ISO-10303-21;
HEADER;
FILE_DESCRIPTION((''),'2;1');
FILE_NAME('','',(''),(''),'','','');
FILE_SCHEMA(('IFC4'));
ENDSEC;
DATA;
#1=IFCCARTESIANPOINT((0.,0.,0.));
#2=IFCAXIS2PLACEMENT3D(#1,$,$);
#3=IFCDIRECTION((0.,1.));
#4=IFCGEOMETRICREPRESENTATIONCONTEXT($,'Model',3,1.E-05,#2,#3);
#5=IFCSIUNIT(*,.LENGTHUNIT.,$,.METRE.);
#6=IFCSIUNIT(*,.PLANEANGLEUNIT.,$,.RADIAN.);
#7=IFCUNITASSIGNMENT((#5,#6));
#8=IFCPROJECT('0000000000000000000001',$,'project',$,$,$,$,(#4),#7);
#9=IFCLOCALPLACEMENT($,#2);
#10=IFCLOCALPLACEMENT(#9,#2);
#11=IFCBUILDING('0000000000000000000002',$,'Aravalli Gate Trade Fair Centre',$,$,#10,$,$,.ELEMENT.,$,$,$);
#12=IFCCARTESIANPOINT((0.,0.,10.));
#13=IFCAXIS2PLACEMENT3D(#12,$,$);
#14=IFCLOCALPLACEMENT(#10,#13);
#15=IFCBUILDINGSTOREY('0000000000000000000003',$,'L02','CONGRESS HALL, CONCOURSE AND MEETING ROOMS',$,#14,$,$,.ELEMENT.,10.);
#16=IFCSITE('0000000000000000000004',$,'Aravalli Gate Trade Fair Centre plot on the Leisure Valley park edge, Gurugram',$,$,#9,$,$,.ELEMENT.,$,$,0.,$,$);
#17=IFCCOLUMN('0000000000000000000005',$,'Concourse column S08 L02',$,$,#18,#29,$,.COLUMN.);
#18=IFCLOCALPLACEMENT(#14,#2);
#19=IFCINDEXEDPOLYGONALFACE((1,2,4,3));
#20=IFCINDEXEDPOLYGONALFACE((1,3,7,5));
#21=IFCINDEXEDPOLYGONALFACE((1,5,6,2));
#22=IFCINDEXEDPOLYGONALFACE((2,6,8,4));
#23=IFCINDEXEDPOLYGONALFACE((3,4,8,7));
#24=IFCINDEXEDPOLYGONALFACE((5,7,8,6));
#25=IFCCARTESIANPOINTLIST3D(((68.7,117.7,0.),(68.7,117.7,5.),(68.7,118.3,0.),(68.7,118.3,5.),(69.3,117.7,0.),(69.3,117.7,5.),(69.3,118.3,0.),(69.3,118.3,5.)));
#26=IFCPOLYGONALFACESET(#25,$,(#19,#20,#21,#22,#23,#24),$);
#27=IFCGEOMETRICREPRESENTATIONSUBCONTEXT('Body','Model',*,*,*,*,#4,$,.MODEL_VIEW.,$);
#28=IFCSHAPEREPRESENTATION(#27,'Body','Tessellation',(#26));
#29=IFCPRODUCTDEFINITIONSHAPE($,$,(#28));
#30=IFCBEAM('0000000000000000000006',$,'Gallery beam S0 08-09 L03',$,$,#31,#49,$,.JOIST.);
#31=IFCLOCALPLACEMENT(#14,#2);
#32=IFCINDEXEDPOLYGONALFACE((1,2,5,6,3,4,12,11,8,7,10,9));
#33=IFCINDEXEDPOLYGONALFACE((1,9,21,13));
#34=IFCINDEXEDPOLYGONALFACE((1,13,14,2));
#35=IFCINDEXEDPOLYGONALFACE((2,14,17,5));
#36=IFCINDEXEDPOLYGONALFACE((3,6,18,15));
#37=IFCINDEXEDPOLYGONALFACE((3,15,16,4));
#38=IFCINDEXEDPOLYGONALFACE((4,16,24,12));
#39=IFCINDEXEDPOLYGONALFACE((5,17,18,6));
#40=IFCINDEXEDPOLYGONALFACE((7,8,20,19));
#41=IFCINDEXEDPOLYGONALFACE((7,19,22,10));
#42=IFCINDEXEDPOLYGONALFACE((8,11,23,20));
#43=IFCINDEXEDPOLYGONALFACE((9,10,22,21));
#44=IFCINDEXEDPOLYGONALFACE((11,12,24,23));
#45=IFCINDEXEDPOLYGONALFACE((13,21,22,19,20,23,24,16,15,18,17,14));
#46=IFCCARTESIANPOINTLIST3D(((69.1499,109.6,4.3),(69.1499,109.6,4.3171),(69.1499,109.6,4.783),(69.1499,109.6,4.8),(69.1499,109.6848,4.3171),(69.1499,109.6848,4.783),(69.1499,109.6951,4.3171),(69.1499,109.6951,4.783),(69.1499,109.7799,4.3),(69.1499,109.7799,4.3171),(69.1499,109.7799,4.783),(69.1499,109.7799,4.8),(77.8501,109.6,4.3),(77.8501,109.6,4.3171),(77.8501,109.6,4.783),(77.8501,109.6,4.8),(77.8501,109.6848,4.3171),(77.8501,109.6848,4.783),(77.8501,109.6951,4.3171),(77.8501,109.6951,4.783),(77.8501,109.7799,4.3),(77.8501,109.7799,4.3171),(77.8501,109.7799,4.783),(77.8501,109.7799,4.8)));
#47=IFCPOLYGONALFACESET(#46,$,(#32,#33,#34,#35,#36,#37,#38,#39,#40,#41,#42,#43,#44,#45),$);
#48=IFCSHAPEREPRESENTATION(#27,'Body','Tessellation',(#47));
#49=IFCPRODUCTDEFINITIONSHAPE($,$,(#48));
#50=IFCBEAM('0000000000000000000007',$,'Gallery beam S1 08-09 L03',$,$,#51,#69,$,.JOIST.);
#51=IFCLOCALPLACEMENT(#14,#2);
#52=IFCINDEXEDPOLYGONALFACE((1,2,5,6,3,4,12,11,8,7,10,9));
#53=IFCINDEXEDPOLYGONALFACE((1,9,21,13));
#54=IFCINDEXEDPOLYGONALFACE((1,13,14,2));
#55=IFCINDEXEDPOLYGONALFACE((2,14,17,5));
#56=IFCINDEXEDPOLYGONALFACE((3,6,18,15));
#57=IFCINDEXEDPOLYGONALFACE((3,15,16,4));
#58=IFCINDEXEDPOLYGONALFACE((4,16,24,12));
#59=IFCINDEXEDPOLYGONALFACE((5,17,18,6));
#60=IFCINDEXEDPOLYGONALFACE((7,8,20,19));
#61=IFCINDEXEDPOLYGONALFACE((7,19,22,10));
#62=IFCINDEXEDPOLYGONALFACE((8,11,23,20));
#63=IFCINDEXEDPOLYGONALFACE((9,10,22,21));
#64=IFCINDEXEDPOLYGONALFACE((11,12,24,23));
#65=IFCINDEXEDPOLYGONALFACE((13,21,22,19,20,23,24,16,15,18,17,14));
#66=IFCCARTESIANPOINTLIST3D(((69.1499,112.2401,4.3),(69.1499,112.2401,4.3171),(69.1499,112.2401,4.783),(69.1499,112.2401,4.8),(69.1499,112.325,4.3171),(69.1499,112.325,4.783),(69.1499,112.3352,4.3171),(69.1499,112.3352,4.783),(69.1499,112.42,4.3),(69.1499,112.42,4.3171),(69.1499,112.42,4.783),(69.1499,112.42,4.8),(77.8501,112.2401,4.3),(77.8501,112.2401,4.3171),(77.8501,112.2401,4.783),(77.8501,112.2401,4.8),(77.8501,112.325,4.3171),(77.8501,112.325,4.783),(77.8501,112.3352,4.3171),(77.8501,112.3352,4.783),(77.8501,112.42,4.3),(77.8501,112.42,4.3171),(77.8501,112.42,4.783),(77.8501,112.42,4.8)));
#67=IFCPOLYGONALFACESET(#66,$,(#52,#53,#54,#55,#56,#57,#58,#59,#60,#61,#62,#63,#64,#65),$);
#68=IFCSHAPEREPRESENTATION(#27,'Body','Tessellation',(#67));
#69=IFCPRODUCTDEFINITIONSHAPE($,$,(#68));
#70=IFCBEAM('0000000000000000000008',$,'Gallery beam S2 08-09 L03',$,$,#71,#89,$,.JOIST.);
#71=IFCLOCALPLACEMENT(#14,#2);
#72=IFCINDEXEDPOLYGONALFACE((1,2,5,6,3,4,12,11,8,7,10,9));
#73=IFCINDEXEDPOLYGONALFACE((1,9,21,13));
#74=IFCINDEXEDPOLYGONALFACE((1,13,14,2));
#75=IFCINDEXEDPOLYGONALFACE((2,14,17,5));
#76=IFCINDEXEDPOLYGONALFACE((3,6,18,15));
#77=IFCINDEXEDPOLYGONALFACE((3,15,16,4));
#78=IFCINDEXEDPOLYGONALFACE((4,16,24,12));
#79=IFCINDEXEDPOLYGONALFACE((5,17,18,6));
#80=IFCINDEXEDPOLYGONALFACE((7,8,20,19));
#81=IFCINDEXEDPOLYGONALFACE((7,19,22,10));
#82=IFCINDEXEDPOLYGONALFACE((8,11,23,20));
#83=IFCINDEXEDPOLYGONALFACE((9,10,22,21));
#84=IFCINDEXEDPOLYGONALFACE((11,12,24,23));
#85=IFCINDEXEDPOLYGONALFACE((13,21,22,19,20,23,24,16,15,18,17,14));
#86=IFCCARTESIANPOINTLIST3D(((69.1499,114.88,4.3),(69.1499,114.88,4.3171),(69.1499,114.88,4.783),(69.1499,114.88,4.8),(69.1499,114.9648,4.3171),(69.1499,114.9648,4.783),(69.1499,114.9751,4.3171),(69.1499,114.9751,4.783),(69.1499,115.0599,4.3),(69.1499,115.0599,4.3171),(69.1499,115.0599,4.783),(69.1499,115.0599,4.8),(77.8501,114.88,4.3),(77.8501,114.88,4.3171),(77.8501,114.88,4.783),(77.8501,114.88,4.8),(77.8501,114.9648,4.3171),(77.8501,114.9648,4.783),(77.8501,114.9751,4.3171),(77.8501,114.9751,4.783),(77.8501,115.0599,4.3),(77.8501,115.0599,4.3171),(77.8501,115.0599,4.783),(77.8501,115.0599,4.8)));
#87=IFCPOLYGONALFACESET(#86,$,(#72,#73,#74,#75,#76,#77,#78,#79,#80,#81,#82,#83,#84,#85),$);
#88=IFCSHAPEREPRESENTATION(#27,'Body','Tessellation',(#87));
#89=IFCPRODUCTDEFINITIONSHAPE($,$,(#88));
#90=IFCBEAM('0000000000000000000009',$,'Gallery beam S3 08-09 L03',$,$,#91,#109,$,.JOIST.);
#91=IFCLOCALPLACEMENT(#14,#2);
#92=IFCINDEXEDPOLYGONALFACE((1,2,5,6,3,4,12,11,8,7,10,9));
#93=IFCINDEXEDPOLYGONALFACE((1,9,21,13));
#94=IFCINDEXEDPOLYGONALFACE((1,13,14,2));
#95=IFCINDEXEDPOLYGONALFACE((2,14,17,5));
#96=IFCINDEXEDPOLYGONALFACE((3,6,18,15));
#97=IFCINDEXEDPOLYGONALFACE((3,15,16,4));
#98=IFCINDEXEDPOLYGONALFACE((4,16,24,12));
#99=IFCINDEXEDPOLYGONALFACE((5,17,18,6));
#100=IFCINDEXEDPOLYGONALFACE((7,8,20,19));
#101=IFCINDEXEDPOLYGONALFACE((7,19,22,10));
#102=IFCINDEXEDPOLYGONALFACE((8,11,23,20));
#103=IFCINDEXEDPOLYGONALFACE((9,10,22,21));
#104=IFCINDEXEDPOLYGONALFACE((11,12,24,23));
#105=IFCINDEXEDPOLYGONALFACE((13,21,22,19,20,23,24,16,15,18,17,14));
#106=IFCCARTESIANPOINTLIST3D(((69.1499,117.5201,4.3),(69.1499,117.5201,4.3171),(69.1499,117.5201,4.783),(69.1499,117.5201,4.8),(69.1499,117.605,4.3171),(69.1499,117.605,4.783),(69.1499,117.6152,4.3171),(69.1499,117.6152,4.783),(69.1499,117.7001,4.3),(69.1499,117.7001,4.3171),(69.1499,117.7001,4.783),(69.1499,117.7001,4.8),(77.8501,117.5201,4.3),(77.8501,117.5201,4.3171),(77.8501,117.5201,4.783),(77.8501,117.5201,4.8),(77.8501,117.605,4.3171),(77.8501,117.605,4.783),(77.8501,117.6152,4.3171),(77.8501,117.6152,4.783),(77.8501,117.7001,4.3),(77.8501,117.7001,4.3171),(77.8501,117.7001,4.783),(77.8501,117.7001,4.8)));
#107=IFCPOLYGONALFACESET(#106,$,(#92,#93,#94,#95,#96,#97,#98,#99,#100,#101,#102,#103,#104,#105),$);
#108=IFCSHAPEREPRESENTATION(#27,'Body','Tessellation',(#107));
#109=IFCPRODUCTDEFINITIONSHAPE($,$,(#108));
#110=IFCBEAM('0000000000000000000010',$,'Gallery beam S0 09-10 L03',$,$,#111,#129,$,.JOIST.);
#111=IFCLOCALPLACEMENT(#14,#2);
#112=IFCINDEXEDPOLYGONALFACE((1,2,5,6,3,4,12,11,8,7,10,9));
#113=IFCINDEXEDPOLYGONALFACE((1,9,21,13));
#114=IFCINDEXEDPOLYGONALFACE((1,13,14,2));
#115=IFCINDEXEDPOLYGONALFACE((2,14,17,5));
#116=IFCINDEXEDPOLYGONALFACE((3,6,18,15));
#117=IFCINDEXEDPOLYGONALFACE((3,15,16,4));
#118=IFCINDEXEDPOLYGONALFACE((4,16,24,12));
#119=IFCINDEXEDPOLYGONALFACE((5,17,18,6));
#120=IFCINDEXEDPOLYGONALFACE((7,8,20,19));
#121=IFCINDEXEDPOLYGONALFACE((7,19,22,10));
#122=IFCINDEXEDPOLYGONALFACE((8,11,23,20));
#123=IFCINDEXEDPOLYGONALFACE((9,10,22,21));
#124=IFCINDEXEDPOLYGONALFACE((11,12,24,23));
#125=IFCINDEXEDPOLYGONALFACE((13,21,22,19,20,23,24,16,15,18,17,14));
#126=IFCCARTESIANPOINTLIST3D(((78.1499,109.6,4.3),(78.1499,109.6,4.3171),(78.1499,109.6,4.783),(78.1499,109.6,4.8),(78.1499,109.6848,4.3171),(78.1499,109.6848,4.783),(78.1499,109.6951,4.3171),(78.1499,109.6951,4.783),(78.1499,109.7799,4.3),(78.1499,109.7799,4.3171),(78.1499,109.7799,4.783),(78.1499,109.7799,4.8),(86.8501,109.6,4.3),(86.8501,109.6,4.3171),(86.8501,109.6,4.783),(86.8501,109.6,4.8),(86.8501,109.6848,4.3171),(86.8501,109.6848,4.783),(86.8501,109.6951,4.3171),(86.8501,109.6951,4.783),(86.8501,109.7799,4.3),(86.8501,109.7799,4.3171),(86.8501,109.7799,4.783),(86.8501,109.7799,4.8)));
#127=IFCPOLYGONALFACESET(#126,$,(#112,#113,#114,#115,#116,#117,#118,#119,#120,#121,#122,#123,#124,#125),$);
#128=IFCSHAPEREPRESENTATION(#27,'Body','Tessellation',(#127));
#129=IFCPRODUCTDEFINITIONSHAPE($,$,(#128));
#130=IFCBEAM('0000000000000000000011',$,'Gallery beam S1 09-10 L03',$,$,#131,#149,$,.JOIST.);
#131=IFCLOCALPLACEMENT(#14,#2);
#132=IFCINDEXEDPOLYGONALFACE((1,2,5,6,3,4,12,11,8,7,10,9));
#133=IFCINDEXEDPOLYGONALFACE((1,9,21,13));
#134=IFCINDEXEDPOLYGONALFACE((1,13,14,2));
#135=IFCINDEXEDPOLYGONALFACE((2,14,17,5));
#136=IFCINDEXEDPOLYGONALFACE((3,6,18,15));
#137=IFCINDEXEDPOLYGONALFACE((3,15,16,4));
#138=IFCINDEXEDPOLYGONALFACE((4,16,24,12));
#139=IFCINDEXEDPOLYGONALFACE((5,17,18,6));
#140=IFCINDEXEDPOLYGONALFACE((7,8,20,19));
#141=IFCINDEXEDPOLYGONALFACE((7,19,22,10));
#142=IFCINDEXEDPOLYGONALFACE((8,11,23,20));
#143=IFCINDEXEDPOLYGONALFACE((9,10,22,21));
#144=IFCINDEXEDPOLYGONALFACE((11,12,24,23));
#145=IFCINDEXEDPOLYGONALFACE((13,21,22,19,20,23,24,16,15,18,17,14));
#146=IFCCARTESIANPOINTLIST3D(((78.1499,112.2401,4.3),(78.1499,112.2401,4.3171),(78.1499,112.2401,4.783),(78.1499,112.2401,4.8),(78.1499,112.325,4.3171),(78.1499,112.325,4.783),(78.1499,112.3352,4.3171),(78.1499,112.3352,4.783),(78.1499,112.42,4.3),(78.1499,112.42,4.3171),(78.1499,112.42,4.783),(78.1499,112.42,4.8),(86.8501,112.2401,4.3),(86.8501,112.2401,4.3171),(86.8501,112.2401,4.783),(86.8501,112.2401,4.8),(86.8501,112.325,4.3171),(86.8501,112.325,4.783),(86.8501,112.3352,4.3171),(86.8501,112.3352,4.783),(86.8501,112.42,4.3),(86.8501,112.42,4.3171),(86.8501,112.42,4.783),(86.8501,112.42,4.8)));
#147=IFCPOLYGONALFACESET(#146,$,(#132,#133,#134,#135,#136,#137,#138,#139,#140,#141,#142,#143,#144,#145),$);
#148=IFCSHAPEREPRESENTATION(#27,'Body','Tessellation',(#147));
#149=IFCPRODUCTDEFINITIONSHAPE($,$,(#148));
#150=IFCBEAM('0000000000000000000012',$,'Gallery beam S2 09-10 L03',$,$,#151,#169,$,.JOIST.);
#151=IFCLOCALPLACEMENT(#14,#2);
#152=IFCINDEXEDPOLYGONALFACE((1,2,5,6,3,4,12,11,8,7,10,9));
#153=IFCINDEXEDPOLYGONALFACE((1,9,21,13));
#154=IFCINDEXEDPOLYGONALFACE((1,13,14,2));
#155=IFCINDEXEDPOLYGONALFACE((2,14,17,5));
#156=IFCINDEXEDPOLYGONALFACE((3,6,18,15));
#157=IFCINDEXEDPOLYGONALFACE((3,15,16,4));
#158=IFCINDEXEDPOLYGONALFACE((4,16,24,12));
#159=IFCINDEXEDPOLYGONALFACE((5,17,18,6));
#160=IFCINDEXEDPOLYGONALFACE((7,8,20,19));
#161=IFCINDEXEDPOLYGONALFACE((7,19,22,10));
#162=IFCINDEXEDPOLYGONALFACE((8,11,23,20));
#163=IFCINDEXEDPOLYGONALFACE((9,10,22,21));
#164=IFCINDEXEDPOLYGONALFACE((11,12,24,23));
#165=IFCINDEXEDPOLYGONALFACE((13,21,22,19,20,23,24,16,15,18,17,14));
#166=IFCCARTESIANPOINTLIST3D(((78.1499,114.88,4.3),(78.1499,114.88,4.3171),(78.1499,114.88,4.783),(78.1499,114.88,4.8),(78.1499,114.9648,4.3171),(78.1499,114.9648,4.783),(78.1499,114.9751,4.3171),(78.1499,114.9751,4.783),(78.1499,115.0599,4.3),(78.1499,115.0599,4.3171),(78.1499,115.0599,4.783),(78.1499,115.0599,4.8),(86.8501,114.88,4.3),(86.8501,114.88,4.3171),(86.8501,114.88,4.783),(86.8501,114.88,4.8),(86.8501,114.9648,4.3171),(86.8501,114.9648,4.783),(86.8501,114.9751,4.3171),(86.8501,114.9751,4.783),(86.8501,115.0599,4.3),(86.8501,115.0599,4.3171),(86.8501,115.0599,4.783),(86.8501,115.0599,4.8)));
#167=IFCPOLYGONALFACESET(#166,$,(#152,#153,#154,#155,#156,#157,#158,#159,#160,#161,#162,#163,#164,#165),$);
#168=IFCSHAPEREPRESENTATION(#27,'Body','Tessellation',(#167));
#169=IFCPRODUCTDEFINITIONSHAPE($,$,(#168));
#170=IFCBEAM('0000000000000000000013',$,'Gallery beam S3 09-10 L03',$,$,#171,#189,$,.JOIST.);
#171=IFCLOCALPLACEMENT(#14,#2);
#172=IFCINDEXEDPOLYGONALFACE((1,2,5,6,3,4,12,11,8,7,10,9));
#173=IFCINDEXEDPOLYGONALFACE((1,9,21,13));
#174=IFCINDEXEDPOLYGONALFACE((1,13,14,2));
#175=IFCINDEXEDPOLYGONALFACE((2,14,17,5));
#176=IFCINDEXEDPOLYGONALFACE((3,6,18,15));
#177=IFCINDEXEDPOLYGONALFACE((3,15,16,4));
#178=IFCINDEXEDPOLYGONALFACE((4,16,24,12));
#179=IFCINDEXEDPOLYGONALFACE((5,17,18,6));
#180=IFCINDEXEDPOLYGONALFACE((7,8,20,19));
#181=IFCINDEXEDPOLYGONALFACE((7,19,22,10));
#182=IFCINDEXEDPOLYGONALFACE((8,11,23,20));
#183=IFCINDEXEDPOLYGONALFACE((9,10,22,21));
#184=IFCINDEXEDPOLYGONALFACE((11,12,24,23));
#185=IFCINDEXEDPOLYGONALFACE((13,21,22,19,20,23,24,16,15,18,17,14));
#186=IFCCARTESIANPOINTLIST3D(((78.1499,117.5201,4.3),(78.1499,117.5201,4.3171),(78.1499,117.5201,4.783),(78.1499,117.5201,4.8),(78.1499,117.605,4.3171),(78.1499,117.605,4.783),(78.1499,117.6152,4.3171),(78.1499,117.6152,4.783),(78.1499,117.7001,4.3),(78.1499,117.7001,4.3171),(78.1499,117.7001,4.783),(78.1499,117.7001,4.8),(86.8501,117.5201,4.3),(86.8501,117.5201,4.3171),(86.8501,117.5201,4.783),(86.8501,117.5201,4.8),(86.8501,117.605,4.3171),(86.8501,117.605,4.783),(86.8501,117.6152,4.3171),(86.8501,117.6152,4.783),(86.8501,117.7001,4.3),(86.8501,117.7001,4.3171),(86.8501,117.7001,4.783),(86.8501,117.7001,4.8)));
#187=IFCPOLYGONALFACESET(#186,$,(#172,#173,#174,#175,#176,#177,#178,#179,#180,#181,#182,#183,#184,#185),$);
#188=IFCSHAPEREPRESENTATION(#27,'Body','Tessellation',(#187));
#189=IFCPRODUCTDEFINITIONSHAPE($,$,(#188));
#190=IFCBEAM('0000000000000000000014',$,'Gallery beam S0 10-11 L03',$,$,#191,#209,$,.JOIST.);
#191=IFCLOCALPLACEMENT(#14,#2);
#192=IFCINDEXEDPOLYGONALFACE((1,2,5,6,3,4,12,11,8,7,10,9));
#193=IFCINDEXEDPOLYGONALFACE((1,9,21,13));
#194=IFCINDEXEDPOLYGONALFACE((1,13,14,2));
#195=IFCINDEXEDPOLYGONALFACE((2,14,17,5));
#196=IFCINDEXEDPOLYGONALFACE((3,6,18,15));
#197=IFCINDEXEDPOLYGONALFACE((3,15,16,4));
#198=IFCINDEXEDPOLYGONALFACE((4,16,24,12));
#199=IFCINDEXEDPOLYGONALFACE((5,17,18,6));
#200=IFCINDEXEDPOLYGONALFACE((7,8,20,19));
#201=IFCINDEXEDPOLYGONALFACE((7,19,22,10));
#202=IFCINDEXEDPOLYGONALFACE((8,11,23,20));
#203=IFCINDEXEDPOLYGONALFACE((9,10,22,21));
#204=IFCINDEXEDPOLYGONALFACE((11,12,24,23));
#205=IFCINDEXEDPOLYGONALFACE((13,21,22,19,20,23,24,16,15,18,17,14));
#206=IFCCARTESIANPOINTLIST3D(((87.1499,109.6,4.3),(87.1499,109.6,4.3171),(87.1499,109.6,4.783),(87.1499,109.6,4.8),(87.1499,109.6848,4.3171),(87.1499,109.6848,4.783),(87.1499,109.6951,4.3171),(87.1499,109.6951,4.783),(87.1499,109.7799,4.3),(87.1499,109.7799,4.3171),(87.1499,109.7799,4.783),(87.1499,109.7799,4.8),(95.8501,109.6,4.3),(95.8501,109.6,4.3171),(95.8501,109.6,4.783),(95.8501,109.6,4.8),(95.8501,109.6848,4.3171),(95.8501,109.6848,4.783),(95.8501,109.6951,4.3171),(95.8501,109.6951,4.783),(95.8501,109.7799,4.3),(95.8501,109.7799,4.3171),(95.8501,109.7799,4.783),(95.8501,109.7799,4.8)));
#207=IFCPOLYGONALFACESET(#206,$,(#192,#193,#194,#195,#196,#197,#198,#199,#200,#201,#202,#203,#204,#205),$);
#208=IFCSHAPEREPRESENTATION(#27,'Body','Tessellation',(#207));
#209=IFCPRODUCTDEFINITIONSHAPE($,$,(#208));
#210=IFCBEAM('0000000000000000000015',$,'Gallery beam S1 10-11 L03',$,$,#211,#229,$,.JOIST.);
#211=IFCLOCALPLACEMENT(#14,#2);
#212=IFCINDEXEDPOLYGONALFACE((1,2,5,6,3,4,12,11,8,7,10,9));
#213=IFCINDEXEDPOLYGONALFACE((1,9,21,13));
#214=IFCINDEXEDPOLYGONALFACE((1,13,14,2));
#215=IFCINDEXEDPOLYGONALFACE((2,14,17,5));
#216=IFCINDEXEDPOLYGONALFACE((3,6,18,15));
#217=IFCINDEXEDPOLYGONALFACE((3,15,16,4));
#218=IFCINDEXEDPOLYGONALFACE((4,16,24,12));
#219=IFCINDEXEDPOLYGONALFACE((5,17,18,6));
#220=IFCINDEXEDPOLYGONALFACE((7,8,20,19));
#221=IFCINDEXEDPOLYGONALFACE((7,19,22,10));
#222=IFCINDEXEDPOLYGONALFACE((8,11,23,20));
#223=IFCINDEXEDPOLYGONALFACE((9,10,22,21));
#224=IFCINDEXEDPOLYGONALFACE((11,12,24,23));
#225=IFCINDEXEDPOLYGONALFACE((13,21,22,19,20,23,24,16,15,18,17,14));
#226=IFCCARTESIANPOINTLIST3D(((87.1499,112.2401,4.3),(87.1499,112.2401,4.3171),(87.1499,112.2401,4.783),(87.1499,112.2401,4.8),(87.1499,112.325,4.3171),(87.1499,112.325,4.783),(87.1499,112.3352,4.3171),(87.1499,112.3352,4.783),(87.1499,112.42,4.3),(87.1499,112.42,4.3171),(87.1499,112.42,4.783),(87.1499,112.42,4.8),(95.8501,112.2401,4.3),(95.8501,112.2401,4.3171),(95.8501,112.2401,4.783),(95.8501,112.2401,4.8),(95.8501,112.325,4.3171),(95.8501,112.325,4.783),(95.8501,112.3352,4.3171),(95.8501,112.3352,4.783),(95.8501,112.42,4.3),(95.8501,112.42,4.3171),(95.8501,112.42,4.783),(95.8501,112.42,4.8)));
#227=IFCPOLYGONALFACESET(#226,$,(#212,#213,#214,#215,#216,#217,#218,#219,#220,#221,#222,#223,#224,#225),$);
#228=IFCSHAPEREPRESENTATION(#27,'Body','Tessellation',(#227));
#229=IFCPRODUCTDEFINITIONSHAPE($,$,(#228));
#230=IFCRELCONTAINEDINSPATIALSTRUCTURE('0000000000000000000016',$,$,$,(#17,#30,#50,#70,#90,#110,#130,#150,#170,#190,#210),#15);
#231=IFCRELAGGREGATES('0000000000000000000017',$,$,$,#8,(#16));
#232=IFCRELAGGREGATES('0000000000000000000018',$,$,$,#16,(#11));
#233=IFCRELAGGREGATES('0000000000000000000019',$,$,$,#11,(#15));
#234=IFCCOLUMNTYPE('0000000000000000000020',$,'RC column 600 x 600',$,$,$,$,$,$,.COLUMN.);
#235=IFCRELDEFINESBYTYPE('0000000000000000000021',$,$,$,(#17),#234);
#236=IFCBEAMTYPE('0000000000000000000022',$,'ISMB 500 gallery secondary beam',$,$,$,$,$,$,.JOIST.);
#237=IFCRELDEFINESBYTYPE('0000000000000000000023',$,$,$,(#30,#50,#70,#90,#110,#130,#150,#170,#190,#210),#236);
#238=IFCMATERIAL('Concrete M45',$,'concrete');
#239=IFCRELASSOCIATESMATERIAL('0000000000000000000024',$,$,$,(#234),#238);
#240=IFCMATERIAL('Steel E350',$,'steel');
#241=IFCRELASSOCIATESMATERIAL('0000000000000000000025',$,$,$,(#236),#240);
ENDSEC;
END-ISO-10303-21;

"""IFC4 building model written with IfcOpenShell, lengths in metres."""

from ifc_helpers import new_model, si_unit, direction, frame, origin, origin_2d, place, context, subcontext, project, spatial, rectangle, i_section, extrude, material, material_profile, profile_set, type_object, element, save


model = new_model("IFC4")

# Units and contexts
model_context = context("Model", 3, precision=1e-05, world=origin(), true_north=direction((0.0, 1.0)))
body_context = subcontext(model_context, "Body", "Model", "MODEL_VIEW")
ifc_project = project(units=[si_unit("LENGTHUNIT", "METRE"), si_unit("PLANEANGLEUNIT", "RADIAN")], contexts=[model_context])

# Site, building, storey
site_placement = place(None, origin())
site = spatial("IfcSite", under=ifc_project, at=site_placement, Name="Aravalli Gate Trade Fair Centre plot on the Leisure Valley park edge, Gurugram", CompositionType="ELEMENT", RefElevation=0.0)
building_placement = place(site_placement, origin())
building = spatial("IfcBuilding", under=site, at=building_placement, Name="Aravalli Gate Trade Fair Centre", CompositionType="ELEMENT")
storey_placement = place(building_placement, frame((0.0, 0.0, 10.0)))
storey = spatial("IfcBuildingStorey", under=building, at=storey_placement, Name="L02", Description="CONGRESS HALL, CONCOURSE AND MEETING ROOMS", CompositionType="ELEMENT", Elevation=10.0)

# Column
ifc_material_1 = material(Name="Concrete M45", Category="concrete")
ifc_material_profile_1 = material_profile(ifc_material_1, rectangle(XDim=0.6001, YDim=0.6001, at=origin_2d()), Name="RC column 600 x 600")
ifc_profile_set_1 = profile_set([ifc_material_profile_1], Name="Concrete M45")
column_type = type_object("IfcColumnType", Name="RC column 600 x 600", PredefinedType="COLUMN", material=ifc_profile_set_1)
column_placement = place(storey_placement, frame((69.0, 118.0, 0.0), z_axis=(0.0, 0.0, 1.0), x_axis=(1.0, 0.0, 0.0)))
element("IfcColumn", 1, at=column_placement, inside=storey, type_object=column_type, Name="Concourse column S08 L02", PredefinedType="COLUMN", context=body_context, shape_type="SweptSolid", body=[
    extrude(rectangle(XDim=0.6001, YDim=0.6001, at=origin_2d()), origin(), (0.0, 0.0, 1.0), 5.0),
])

# Beams
ifc_material_2 = material(Name="Steel E350", Category="steel")
ifc_material_profile_2 = material_profile(ifc_material_2, i_section(OverallWidth=0.1799, OverallDepth=0.5, WebThickness=0.0103, FlangeThickness=0.0171, at=origin_2d()), Name="ISMB 500")
ifc_profile_set_2 = profile_set([ifc_material_profile_2], Name="Steel E350")
beam_type_1 = type_object("IfcBeamType", Name="ISMB 500 gallery secondary beam", PredefinedType="JOIST", material=ifc_profile_set_2)
for number, where, z_axis, x_axis, name in (
    (2, (69.1499, 109.6899, 4.55), (1.0, 0.0, 0.0), (0.0, 1.0, 0.0), "Gallery beam S0 08-09 L03"),
    (3, (69.1499, 112.3301, 4.55), (1.0, 0.0, 0.0), (0.0, 1.0, 0.0), "Gallery beam S1 08-09 L03"),
    (4, (69.1499, 114.97, 4.55), (1.0, 0.0, 0.0), (0.0, 1.0, 0.0), "Gallery beam S2 08-09 L03"),
    (5, (69.1499, 117.6101, 4.55), (1.0, 0.0, 0.0), (0.0, 1.0, 0.0), "Gallery beam S3 08-09 L03"),
    (6, (78.1499, 109.6899, 4.55), (1.0, 0.0, 0.0), (0.0, 1.0, 0.0), "Gallery beam S0 09-10 L03"),
    (7, (78.1499, 112.3301, 4.55), (1.0, 0.0, 0.0), (0.0, 1.0, 0.0), "Gallery beam S1 09-10 L03"),
    (8, (78.1499, 114.97, 4.55), (1.0, 0.0, 0.0), (0.0, 1.0, 0.0), "Gallery beam S2 09-10 L03"),
    (9, (78.1499, 117.6101, 4.55), (1.0, 0.0, 0.0), (0.0, 1.0, 0.0), "Gallery beam S3 09-10 L03"),
    (10, (87.1499, 109.6899, 4.55), (1.0, 0.0, 0.0), (0.0, 1.0, 0.0), "Gallery beam S0 10-11 L03"),
    (11, (87.1499, 112.3301, 4.55), (1.0, 0.0, 0.0), (0.0, 1.0, 0.0), "Gallery beam S1 10-11 L03"),
):
    element("IfcBeam", number, at=place(storey_placement, frame(where, z_axis=z_axis, x_axis=x_axis)), inside=storey, type_object=beam_type_1, Name=name, PredefinedType="JOIST", context=body_context, shape_type="SweptSolid", body=[
        extrude(i_section(OverallWidth=0.1799, OverallDepth=0.5, WebThickness=0.0103, FlangeThickness=0.0171, at=origin_2d()), origin(), (0.0, 0.0, 1.0), 8.7002),
    ])

save(model, "model.ifc")
